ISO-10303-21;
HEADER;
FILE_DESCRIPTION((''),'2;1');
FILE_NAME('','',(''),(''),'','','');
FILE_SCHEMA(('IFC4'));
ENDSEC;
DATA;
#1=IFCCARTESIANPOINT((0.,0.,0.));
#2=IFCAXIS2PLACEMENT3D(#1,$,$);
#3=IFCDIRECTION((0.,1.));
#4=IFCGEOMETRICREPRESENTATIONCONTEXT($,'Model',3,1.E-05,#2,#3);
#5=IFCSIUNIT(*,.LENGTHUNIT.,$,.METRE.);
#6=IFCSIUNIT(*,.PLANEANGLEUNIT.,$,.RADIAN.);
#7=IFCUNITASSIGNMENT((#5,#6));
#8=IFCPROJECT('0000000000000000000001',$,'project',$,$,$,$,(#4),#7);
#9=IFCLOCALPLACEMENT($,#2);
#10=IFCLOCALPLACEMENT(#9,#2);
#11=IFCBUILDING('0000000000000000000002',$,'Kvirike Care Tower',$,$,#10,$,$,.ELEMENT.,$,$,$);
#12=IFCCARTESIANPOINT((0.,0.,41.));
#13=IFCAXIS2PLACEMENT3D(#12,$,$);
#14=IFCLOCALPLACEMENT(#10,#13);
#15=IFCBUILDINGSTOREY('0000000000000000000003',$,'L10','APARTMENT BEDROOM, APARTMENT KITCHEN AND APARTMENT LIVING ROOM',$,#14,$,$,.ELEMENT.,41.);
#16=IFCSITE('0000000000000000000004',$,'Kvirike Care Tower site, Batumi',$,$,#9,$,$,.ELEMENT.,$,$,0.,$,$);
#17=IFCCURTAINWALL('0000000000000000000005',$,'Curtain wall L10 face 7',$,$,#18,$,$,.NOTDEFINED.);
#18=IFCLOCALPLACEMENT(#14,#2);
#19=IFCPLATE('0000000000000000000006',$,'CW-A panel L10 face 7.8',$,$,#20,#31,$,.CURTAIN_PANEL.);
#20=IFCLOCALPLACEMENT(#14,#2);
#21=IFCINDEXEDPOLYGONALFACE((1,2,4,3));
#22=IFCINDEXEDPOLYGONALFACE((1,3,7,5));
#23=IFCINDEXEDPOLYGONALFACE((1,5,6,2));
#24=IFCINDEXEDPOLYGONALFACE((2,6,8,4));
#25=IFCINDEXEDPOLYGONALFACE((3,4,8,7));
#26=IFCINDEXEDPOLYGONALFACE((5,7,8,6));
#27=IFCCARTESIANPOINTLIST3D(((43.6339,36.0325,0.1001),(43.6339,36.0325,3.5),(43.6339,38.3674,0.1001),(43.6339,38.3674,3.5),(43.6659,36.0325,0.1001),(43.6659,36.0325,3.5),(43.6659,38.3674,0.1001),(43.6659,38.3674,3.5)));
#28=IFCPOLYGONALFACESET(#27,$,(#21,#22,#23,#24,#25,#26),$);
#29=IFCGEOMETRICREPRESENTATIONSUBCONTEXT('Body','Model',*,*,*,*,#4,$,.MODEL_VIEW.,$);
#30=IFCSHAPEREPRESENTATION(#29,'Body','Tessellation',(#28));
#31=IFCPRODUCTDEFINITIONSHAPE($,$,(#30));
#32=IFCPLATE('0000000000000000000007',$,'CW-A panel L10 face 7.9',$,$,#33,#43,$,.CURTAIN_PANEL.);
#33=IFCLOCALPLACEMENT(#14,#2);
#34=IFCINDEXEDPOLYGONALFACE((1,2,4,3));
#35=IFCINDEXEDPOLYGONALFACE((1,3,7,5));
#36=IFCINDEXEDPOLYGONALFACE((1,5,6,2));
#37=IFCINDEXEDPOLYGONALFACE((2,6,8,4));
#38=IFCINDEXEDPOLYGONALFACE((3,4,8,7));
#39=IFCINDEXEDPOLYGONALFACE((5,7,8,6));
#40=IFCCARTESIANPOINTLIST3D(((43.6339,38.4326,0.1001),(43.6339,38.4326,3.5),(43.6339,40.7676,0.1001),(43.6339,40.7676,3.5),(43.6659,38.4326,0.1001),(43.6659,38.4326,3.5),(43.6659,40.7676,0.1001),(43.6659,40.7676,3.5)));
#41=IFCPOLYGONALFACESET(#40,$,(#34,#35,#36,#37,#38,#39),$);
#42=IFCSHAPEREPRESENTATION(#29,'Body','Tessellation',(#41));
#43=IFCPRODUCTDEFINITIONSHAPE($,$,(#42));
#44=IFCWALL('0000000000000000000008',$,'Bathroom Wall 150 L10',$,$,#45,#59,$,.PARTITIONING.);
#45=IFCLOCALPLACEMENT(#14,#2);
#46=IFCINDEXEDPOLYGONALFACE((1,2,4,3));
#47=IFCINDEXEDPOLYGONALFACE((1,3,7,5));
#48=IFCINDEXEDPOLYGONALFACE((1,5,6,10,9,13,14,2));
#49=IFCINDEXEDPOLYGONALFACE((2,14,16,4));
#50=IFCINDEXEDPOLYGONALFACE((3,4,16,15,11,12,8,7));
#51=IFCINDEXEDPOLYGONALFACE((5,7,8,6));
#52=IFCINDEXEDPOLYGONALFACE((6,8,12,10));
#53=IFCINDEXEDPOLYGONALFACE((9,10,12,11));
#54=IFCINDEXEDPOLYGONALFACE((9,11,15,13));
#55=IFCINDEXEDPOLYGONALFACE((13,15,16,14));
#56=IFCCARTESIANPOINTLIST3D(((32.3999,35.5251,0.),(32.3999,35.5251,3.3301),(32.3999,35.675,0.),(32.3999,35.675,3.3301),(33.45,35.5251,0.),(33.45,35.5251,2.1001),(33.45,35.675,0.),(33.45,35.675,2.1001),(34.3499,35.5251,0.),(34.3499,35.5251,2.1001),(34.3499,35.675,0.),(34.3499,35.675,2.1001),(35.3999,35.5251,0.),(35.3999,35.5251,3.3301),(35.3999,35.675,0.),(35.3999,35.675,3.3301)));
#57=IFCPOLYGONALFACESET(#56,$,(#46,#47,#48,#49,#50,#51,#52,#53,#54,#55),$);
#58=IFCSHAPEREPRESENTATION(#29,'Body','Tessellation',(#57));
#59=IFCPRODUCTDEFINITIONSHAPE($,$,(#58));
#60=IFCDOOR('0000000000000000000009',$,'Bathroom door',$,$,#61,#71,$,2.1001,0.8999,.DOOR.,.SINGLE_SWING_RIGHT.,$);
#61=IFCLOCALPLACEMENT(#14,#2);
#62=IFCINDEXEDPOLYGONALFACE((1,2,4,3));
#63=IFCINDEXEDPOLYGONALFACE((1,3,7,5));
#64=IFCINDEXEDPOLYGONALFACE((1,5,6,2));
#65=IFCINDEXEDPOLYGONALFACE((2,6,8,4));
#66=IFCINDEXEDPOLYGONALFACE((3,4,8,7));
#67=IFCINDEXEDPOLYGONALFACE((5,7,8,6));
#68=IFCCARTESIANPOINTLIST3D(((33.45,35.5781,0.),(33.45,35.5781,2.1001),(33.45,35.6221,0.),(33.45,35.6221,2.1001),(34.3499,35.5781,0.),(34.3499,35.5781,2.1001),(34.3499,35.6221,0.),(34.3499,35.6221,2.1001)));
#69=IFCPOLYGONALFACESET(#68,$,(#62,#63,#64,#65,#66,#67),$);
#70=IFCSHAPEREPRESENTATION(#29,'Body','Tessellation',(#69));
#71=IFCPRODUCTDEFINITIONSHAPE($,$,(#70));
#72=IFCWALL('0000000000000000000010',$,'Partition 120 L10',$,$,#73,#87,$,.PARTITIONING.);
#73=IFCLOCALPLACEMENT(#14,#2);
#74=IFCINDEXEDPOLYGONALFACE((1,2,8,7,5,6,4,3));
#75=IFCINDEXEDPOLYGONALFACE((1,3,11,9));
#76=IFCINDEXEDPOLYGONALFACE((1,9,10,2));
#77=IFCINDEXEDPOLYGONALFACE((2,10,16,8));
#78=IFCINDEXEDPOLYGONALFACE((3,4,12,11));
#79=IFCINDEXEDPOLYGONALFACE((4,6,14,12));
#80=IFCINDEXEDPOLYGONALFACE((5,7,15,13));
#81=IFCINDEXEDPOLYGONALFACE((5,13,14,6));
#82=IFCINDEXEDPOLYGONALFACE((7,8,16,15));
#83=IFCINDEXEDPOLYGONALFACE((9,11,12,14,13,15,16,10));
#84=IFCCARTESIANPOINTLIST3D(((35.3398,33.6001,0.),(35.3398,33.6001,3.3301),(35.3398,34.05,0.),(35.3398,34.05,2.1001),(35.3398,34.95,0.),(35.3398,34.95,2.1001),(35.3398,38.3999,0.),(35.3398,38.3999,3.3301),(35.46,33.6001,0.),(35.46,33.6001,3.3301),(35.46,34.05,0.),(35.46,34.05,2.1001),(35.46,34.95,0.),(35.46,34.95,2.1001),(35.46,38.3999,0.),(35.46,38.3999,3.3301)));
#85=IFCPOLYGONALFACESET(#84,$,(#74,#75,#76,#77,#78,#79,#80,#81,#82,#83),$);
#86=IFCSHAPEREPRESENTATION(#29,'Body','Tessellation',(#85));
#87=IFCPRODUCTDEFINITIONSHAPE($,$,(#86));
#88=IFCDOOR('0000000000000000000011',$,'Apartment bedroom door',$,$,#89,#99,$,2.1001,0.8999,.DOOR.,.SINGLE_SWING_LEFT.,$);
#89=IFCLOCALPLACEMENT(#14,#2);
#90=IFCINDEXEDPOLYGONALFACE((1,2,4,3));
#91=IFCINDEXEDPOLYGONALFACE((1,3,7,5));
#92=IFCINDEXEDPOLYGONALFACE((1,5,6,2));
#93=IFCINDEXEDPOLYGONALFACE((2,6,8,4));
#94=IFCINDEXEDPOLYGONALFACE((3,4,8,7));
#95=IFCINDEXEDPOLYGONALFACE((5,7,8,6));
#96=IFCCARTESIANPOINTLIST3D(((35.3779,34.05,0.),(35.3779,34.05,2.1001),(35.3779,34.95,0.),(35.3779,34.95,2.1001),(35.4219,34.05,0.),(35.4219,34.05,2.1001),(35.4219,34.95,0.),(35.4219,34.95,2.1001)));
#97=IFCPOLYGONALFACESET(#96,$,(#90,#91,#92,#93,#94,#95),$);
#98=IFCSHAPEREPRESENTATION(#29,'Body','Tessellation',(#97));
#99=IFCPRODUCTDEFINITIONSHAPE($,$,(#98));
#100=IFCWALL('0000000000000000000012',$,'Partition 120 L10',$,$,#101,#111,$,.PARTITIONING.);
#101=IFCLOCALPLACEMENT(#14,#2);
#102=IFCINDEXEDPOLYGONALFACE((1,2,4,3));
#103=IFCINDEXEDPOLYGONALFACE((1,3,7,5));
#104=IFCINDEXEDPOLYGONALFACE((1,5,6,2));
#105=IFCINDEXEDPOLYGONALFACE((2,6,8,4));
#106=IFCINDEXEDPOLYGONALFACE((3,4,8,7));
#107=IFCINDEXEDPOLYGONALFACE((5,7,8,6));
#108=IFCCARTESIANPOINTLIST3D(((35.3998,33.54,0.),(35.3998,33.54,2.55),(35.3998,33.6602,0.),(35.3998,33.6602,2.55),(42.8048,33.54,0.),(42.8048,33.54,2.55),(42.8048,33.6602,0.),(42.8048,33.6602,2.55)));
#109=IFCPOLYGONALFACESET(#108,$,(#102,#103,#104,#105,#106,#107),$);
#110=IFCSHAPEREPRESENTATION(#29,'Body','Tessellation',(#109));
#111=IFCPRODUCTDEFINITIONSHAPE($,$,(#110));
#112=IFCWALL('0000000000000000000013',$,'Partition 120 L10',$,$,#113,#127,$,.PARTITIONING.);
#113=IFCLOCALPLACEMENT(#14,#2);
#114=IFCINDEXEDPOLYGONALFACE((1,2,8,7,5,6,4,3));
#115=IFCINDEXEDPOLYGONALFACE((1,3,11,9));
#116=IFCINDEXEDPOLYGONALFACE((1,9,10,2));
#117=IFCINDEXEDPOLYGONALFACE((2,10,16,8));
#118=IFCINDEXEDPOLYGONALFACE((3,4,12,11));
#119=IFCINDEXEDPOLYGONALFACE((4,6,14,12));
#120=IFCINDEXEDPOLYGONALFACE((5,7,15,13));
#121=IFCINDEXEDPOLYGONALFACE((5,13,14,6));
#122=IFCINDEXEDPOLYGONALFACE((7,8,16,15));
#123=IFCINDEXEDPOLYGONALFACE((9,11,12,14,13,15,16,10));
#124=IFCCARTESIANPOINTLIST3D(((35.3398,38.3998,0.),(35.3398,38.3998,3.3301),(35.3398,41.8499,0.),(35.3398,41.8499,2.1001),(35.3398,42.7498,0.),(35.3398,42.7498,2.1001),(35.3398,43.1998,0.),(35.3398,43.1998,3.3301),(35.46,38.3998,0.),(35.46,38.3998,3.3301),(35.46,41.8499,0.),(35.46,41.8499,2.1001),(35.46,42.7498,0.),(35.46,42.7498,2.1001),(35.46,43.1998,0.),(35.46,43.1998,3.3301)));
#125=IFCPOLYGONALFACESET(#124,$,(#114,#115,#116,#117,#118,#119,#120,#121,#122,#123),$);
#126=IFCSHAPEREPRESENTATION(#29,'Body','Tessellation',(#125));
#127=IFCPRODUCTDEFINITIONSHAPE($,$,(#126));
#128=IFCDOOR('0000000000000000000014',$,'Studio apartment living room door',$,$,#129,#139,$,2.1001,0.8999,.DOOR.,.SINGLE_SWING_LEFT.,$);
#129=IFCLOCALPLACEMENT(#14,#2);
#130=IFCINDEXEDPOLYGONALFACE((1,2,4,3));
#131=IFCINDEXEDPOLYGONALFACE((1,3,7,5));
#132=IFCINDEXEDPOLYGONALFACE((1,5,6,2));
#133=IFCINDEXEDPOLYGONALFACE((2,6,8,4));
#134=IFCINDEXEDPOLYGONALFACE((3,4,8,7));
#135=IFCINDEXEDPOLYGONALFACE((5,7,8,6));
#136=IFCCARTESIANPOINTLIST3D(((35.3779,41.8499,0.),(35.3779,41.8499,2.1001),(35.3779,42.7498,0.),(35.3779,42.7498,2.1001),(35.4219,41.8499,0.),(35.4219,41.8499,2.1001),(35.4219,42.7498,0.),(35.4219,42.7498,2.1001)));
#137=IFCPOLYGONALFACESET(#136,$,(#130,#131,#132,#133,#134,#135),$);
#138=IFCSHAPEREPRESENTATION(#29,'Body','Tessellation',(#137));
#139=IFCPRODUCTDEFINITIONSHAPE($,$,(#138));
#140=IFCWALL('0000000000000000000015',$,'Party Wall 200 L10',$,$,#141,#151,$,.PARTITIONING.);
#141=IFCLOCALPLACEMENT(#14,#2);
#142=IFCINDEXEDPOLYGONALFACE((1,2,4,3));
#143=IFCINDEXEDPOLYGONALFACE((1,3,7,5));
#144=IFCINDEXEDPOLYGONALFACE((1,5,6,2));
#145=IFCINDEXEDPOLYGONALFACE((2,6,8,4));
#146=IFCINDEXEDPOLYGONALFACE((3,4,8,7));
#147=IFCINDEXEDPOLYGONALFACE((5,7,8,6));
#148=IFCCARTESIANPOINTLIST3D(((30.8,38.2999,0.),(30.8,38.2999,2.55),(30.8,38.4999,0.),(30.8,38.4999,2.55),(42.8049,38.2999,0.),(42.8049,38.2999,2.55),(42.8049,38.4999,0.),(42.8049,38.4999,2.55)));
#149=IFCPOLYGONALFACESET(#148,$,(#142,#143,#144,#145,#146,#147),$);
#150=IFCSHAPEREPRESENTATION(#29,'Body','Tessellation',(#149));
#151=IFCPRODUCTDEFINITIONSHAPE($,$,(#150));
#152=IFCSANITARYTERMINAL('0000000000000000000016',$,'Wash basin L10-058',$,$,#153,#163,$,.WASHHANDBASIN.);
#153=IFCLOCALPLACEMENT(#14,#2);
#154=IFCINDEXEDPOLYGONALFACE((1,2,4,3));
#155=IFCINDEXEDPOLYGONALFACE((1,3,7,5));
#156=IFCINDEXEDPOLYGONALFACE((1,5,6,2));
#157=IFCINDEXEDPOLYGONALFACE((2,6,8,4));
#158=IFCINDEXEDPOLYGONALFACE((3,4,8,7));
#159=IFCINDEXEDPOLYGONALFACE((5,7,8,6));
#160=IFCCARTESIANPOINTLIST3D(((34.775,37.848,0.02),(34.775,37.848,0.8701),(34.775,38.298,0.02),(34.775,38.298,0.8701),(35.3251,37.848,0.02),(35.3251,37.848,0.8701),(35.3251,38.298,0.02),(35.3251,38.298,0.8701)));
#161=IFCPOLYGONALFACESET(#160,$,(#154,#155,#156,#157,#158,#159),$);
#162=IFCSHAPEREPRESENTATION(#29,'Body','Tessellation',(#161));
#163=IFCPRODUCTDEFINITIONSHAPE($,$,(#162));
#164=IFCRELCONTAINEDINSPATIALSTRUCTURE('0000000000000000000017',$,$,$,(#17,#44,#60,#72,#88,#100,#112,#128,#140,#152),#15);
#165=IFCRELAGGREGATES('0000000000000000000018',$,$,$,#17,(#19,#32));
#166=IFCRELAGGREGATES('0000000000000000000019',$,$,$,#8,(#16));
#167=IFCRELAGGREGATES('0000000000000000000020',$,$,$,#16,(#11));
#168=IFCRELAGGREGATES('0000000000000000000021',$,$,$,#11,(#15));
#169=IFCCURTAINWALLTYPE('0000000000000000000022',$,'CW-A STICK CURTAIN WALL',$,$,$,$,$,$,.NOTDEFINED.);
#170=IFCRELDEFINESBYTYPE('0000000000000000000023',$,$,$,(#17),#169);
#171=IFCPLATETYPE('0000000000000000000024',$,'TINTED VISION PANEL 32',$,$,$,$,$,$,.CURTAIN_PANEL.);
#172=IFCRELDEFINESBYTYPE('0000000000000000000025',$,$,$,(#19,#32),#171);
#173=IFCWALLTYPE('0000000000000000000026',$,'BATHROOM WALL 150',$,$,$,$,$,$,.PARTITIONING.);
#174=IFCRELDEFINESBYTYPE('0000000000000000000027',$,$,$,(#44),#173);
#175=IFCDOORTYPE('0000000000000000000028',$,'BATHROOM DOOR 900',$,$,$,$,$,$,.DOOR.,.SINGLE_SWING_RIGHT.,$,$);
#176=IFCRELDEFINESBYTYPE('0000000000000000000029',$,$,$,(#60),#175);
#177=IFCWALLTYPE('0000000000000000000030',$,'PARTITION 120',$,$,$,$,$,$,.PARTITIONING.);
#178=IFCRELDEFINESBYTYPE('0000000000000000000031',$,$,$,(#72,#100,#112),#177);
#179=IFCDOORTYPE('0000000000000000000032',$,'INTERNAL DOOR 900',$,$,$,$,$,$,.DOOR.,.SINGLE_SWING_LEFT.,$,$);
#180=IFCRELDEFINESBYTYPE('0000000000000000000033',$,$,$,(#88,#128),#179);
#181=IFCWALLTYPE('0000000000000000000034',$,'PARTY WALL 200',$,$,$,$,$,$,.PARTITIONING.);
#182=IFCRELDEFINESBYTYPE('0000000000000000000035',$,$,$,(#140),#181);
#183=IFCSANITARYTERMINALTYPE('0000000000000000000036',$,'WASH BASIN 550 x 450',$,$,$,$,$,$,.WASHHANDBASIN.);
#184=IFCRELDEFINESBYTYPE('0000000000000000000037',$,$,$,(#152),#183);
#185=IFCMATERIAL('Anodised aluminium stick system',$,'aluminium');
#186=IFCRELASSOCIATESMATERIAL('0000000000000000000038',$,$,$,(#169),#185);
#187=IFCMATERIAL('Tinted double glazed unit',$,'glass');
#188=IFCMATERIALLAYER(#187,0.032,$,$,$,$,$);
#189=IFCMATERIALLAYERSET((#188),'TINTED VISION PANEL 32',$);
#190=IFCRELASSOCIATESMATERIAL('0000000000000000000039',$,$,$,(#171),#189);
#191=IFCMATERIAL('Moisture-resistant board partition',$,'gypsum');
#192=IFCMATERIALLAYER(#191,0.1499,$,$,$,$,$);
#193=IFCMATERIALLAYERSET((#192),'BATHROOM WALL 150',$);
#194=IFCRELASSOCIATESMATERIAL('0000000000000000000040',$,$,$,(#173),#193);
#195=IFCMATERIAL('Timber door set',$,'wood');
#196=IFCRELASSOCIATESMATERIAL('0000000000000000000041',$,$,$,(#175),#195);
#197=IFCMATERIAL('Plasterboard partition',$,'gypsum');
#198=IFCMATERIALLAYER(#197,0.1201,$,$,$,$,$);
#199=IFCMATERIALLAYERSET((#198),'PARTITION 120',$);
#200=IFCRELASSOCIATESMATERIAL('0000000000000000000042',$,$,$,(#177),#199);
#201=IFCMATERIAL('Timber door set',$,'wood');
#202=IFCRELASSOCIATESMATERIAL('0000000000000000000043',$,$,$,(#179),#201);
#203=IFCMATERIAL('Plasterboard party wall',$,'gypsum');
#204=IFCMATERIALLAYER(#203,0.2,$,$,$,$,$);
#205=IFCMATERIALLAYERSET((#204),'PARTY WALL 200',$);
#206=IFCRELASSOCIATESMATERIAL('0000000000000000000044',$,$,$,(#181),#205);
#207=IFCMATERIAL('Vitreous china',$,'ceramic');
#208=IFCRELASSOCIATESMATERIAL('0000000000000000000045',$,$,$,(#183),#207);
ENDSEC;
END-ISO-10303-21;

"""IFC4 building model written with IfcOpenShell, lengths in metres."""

from ifc_helpers import new_model, si_unit, direction, frame, frame_2d, origin, origin_2d, place, context, subcontext, project, spatial, rectangle, extrude, material, layer, layer_set, type_object, element, fill, aggregate, save


model = new_model("IFC4")

# Units and contexts
model_context = context("Model", 3, precision=1e-05, world=origin(), true_north=direction((0.0, 1.0)))
body_context = subcontext(model_context, "Body", "Model", "MODEL_VIEW")
ifc_project = project(units=[si_unit("LENGTHUNIT", "METRE"), si_unit("PLANEANGLEUNIT", "RADIAN")], contexts=[model_context])

# Site, building, storey
site_placement = place(None, origin())
site = spatial("IfcSite", under=ifc_project, at=site_placement, Name="Kvirike Care Tower site, Batumi", CompositionType="ELEMENT", RefElevation=0.0)
building_placement = place(site_placement, origin())
building = spatial("IfcBuilding", under=site, at=building_placement, Name="Kvirike Care Tower", CompositionType="ELEMENT")
storey_placement = place(building_placement, frame((0.0, 0.0, 41.0)))
storey = spatial("IfcBuildingStorey", under=building, at=storey_placement, Name="L10", Description="APARTMENT BEDROOM, APARTMENT KITCHEN AND APARTMENT LIVING ROOM", CompositionType="ELEMENT", Elevation=41.0)

# Curtain wall
ifc_material_1 = material(Name="Anodised aluminium stick system", Category="aluminium")
curtain_wall_type = type_object("IfcCurtainWallType", Name="CW-A STICK CURTAIN WALL", PredefinedType="NOTDEFINED", material=ifc_material_1)
curtain_wall_placement = place(storey_placement, origin())
curtain_wall = element("IfcCurtainWall", 1, at=curtain_wall_placement, inside=storey, type_object=curtain_wall_type, Name="Curtain wall L10 face 7", PredefinedType="NOTDEFINED")

# Plates
ifc_material_2 = material(Name="Tinted double glazed unit", Category="glass")
ifc_layer_1 = layer(ifc_material_2, 0.032)
ifc_layer_set_1 = layer_set([ifc_layer_1], Name="TINTED VISION PANEL 32")
plate_type = type_object("IfcPlateType", Name="TINTED VISION PANEL 32", PredefinedType="CURTAIN_PANEL", material=ifc_layer_set_1)
plate_1_placement = place(storey_placement, frame((43.6499, 37.2, 0.1001), z_axis=(0.0, 0.0, 1.0), x_axis=(0.0, 1.0, 0.0)))
plate_1 = element("IfcPlate", 2, at=plate_1_placement, type_object=plate_type, Name="CW-A panel L10 face 7.8", PredefinedType="CURTAIN_PANEL", context=body_context, shape_type="SweptSolid", body=[
    extrude(rectangle(XDim=2.335, YDim=0.032, at=origin_2d()), origin(), (0.0, 0.0, 1.0), 3.3999),
])
plate_2_placement = place(storey_placement, frame((43.6499, 39.6001, 0.1001), z_axis=(0.0, 0.0, 1.0), x_axis=(0.0, 1.0, 0.0)))
plate_2 = element("IfcPlate", 3, at=plate_2_placement, type_object=plate_type, Name="CW-A panel L10 face 7.9", PredefinedType="CURTAIN_PANEL", context=body_context, shape_type="SweptSolid", body=[
    extrude(rectangle(XDim=2.335, YDim=0.032, at=origin_2d()), origin(), (0.0, 0.0, 1.0), 3.3999),
])
aggregate(curtain_wall, [plate_1, plate_2])

# Walls, openings, doors
ifc_material_3 = material(Name="Moisture-resistant board partition", Category="gypsum")
ifc_layer_2 = layer(ifc_material_3, 0.1499)
ifc_layer_set_2 = layer_set([ifc_layer_2], Name="BATHROOM WALL 150")
wall_type_1 = type_object("IfcWallType", Name="BATHROOM WALL 150", PredefinedType="PARTITIONING", material=ifc_layer_set_2)
wall_1_placement = place(storey_placement, frame((35.3999, 35.6001, 0.0), z_axis=(0.0, 0.0, 1.0), x_axis=(-1.0, 0.0, 0.0)))
wall_1 = element("IfcWall", 4, at=wall_1_placement, inside=storey, type_object=wall_type_1, Name="Bathroom Wall 150 L10", PredefinedType="PARTITIONING", context=body_context, shape_type="SweptSolid", body=[
    extrude(rectangle(XDim=3.0, YDim=0.1499, at=frame_2d((1.5, 0.0))), origin(), (0.0, 0.0, 1.0), 3.3301),
])
opening_1_placement = place(wall_1_placement, frame((1.05, 0.0, 0.0)))
opening_1 = element("IfcOpeningElement", 5, at=opening_1_placement, cuts=wall_1, PredefinedType="OPENING", context=body_context, shape_type="SweptSolid", body=[
    extrude(rectangle(XDim=0.8999, YDim=2.1001, at=frame_2d((0.45, 1.05))), frame((0.0, 0.0854, 0.0), z_axis=(0.0, -1.0, 0.0), x_axis=(1.0, 0.0, 0.0)), (0.0, 0.0, 1.0), 0.1709),
])
ifc_material_4 = material(Name="Timber door set", Category="wood")
door_type_1 = type_object("IfcDoorType", Name="BATHROOM DOOR 900", OperationType="SINGLE_SWING_RIGHT", PredefinedType="DOOR", material=ifc_material_4)
door_1_placement = place(opening_1_placement, frame((0.8999, 0.0, 0.0), z_axis=(0.0, 0.0, 1.0), x_axis=(-1.0, 0.0, 0.0)))
door_1 = element("IfcDoor", 6, at=door_1_placement, inside=storey, type_object=door_type_1, Name="Bathroom door", OperationType="SINGLE_SWING_RIGHT", OverallHeight=2.1001, OverallWidth=0.8999, PredefinedType="DOOR", context=body_context, shape_type="SweptSolid", body=[
    extrude(rectangle(XDim=0.8999, YDim=2.1001, at=frame_2d((0.45, 1.05))), frame((0.0, 0.022, 0.0), z_axis=(0.0, -1.0, 0.0), x_axis=(1.0, 0.0, 0.0)), (0.0, 0.0, 1.0), 0.0439),
])
fill(opening_1, door_1)
ifc_material_5 = material(Name="Plasterboard partition", Category="gypsum")
ifc_layer_3 = layer(ifc_material_5, 0.1201)
ifc_layer_set_3 = layer_set([ifc_layer_3], Name="PARTITION 120")
wall_type_2 = type_object("IfcWallType", Name="PARTITION 120", PredefinedType="PARTITIONING", material=ifc_layer_set_3)
wall_2_placement = place(storey_placement, frame((35.3999, 33.6001, 0.0), z_axis=(0.0, 0.0, 1.0), x_axis=(0.0, 1.0, 0.0)))
wall_2 = element("IfcWall", 7, at=wall_2_placement, inside=storey, type_object=wall_type_2, Name="Partition 120 L10", PredefinedType="PARTITIONING", context=body_context, shape_type="SweptSolid", body=[
    extrude(rectangle(XDim=4.7998, YDim=0.1201, at=frame_2d((2.3999, 0.0))), origin(), (0.0, 0.0, 1.0), 3.3301),
])
opening_2_placement = place(wall_2_placement, frame((0.45, 0.0, 0.0)))
opening_2 = element("IfcOpeningElement", 8, at=opening_2_placement, cuts=wall_2, PredefinedType="OPENING", context=body_context, shape_type="SweptSolid", body=[
    extrude(rectangle(XDim=0.8999, YDim=2.1001, at=frame_2d((0.45, 1.05))), frame((0.0, 0.0706, 0.0), z_axis=(0.0, -1.0, 0.0), x_axis=(1.0, 0.0, 0.0)), (0.0, 0.0, 1.0), 0.1411),
])
ifc_material_6 = material(Name="Timber door set", Category="wood")
door_type_2 = type_object("IfcDoorType", Name="INTERNAL DOOR 900", OperationType="SINGLE_SWING_LEFT", PredefinedType="DOOR", material=ifc_material_6)
door_2_placement = place(opening_2_placement, origin())
door_2 = element("IfcDoor", 9, at=door_2_placement, inside=storey, type_object=door_type_2, Name="Apartment bedroom door", OperationType="SINGLE_SWING_LEFT", OverallHeight=2.1001, OverallWidth=0.8999, PredefinedType="DOOR", context=body_context, shape_type="SweptSolid", body=[
    extrude(rectangle(XDim=0.8999, YDim=2.1001, at=frame_2d((0.45, 1.05))), frame((0.0, 0.022, 0.0), z_axis=(0.0, -1.0, 0.0), x_axis=(1.0, 0.0, 0.0)), (0.0, 0.0, 1.0), 0.0439),
])
fill(opening_2, door_2)

# Wall
wall_3_placement = place(storey_placement, frame((42.8049, 33.6001, 0.0), z_axis=(0.0, 0.0, 1.0), x_axis=(-1.0, 0.0, 0.0)))
element("IfcWall", 10, at=wall_3_placement, inside=storey, type_object=wall_type_2, Name="Partition 120 L10", PredefinedType="PARTITIONING", context=body_context, shape_type="SweptSolid", body=[
    extrude(rectangle(XDim=7.405, YDim=0.1201, at=frame_2d((3.7026, 0.0))), origin(), (0.0, 0.0, 1.0), 2.55),
])

# Wall, opening, door
wall_4_placement = place(storey_placement, frame((35.3999, 38.3999, 0.0), z_axis=(0.0, 0.0, 1.0), x_axis=(0.0, 1.0, 0.0)))
wall_4 = element("IfcWall", 11, at=wall_4_placement, inside=storey, type_object=wall_type_2, Name="Partition 120 L10", PredefinedType="PARTITIONING", context=body_context, shape_type="SweptSolid", body=[
    extrude(rectangle(XDim=4.8, YDim=0.1201, at=frame_2d((2.3999, 0.0))), origin(), (0.0, 0.0, 1.0), 3.3301),
])
opening_3_placement = place(wall_4_placement, frame((3.45, 0.0, 0.0)))
opening_3 = element("IfcOpeningElement", 12, at=opening_3_placement, cuts=wall_4, PredefinedType="OPENING", context=body_context, shape_type="SweptSolid", body=[
    extrude(rectangle(XDim=0.8999, YDim=2.1001, at=frame_2d((0.45, 1.05))), frame((0.0, 0.0706, 0.0), z_axis=(0.0, -1.0, 0.0), x_axis=(1.0, 0.0, 0.0)), (0.0, 0.0, 1.0), 0.1411),
])
door_3_placement = place(opening_3_placement, origin())
door_3 = element("IfcDoor", 13, at=door_3_placement, inside=storey, type_object=door_type_2, Name="Studio apartment living room door", OperationType="SINGLE_SWING_LEFT", OverallHeight=2.1001, OverallWidth=0.8999, PredefinedType="DOOR", context=body_context, shape_type="SweptSolid", body=[
    extrude(rectangle(XDim=0.8999, YDim=2.1001, at=frame_2d((0.45, 1.05))), frame((0.0, 0.022, 0.0), z_axis=(0.0, -1.0, 0.0), x_axis=(1.0, 0.0, 0.0)), (0.0, 0.0, 1.0), 0.0439),
])
fill(opening_3, door_3)

# Wall
ifc_material_7 = material(Name="Plasterboard party wall", Category="gypsum")
ifc_layer_4 = layer(ifc_material_7, 0.2)
ifc_layer_set_4 = layer_set([ifc_layer_4], Name="PARTY WALL 200")
wall_type_3 = type_object("IfcWallType", Name="PARTY WALL 200", PredefinedType="PARTITIONING", material=ifc_layer_set_4)
wall_5_placement = place(storey_placement, frame((42.8049, 38.3999, 0.0), z_axis=(0.0, 0.0, 1.0), x_axis=(-1.0, 0.0, 0.0)))
element("IfcWall", 14, at=wall_5_placement, inside=storey, type_object=wall_type_3, Name="Party Wall 200 L10", PredefinedType="PARTITIONING", context=body_context, shape_type="SweptSolid", body=[
    extrude(rectangle(XDim=12.0049, YDim=0.2, at=frame_2d((6.0024, 0.0))), origin(), (0.0, 0.0, 1.0), 2.55),
])

# Sanitary terminal
ifc_material_8 = material(Name="Vitreous china", Category="ceramic")
sanitary_terminal_type = type_object("IfcSanitaryTerminalType", Name="WASH BASIN 550 x 450", PredefinedType="WASHHANDBASIN", material=ifc_material_8)
sanitary_terminal_placement = place(storey_placement, frame((35.05, 38.073, 0.02), z_axis=(0.0, 0.0, 1.0), x_axis=(1.0, 0.0, 0.0)))
element("IfcSanitaryTerminal", 15, at=sanitary_terminal_placement, inside=storey, type_object=sanitary_terminal_type, Name="Wash basin L10-058", PredefinedType="WASHHANDBASIN", context=body_context, shape_type="SweptSolid", body=[
    extrude(rectangle(XDim=0.55, YDim=0.45, at=origin_2d()), origin(), (0.0, 0.0, 1.0), 0.8501),
])

save(model, "model.ifc")
